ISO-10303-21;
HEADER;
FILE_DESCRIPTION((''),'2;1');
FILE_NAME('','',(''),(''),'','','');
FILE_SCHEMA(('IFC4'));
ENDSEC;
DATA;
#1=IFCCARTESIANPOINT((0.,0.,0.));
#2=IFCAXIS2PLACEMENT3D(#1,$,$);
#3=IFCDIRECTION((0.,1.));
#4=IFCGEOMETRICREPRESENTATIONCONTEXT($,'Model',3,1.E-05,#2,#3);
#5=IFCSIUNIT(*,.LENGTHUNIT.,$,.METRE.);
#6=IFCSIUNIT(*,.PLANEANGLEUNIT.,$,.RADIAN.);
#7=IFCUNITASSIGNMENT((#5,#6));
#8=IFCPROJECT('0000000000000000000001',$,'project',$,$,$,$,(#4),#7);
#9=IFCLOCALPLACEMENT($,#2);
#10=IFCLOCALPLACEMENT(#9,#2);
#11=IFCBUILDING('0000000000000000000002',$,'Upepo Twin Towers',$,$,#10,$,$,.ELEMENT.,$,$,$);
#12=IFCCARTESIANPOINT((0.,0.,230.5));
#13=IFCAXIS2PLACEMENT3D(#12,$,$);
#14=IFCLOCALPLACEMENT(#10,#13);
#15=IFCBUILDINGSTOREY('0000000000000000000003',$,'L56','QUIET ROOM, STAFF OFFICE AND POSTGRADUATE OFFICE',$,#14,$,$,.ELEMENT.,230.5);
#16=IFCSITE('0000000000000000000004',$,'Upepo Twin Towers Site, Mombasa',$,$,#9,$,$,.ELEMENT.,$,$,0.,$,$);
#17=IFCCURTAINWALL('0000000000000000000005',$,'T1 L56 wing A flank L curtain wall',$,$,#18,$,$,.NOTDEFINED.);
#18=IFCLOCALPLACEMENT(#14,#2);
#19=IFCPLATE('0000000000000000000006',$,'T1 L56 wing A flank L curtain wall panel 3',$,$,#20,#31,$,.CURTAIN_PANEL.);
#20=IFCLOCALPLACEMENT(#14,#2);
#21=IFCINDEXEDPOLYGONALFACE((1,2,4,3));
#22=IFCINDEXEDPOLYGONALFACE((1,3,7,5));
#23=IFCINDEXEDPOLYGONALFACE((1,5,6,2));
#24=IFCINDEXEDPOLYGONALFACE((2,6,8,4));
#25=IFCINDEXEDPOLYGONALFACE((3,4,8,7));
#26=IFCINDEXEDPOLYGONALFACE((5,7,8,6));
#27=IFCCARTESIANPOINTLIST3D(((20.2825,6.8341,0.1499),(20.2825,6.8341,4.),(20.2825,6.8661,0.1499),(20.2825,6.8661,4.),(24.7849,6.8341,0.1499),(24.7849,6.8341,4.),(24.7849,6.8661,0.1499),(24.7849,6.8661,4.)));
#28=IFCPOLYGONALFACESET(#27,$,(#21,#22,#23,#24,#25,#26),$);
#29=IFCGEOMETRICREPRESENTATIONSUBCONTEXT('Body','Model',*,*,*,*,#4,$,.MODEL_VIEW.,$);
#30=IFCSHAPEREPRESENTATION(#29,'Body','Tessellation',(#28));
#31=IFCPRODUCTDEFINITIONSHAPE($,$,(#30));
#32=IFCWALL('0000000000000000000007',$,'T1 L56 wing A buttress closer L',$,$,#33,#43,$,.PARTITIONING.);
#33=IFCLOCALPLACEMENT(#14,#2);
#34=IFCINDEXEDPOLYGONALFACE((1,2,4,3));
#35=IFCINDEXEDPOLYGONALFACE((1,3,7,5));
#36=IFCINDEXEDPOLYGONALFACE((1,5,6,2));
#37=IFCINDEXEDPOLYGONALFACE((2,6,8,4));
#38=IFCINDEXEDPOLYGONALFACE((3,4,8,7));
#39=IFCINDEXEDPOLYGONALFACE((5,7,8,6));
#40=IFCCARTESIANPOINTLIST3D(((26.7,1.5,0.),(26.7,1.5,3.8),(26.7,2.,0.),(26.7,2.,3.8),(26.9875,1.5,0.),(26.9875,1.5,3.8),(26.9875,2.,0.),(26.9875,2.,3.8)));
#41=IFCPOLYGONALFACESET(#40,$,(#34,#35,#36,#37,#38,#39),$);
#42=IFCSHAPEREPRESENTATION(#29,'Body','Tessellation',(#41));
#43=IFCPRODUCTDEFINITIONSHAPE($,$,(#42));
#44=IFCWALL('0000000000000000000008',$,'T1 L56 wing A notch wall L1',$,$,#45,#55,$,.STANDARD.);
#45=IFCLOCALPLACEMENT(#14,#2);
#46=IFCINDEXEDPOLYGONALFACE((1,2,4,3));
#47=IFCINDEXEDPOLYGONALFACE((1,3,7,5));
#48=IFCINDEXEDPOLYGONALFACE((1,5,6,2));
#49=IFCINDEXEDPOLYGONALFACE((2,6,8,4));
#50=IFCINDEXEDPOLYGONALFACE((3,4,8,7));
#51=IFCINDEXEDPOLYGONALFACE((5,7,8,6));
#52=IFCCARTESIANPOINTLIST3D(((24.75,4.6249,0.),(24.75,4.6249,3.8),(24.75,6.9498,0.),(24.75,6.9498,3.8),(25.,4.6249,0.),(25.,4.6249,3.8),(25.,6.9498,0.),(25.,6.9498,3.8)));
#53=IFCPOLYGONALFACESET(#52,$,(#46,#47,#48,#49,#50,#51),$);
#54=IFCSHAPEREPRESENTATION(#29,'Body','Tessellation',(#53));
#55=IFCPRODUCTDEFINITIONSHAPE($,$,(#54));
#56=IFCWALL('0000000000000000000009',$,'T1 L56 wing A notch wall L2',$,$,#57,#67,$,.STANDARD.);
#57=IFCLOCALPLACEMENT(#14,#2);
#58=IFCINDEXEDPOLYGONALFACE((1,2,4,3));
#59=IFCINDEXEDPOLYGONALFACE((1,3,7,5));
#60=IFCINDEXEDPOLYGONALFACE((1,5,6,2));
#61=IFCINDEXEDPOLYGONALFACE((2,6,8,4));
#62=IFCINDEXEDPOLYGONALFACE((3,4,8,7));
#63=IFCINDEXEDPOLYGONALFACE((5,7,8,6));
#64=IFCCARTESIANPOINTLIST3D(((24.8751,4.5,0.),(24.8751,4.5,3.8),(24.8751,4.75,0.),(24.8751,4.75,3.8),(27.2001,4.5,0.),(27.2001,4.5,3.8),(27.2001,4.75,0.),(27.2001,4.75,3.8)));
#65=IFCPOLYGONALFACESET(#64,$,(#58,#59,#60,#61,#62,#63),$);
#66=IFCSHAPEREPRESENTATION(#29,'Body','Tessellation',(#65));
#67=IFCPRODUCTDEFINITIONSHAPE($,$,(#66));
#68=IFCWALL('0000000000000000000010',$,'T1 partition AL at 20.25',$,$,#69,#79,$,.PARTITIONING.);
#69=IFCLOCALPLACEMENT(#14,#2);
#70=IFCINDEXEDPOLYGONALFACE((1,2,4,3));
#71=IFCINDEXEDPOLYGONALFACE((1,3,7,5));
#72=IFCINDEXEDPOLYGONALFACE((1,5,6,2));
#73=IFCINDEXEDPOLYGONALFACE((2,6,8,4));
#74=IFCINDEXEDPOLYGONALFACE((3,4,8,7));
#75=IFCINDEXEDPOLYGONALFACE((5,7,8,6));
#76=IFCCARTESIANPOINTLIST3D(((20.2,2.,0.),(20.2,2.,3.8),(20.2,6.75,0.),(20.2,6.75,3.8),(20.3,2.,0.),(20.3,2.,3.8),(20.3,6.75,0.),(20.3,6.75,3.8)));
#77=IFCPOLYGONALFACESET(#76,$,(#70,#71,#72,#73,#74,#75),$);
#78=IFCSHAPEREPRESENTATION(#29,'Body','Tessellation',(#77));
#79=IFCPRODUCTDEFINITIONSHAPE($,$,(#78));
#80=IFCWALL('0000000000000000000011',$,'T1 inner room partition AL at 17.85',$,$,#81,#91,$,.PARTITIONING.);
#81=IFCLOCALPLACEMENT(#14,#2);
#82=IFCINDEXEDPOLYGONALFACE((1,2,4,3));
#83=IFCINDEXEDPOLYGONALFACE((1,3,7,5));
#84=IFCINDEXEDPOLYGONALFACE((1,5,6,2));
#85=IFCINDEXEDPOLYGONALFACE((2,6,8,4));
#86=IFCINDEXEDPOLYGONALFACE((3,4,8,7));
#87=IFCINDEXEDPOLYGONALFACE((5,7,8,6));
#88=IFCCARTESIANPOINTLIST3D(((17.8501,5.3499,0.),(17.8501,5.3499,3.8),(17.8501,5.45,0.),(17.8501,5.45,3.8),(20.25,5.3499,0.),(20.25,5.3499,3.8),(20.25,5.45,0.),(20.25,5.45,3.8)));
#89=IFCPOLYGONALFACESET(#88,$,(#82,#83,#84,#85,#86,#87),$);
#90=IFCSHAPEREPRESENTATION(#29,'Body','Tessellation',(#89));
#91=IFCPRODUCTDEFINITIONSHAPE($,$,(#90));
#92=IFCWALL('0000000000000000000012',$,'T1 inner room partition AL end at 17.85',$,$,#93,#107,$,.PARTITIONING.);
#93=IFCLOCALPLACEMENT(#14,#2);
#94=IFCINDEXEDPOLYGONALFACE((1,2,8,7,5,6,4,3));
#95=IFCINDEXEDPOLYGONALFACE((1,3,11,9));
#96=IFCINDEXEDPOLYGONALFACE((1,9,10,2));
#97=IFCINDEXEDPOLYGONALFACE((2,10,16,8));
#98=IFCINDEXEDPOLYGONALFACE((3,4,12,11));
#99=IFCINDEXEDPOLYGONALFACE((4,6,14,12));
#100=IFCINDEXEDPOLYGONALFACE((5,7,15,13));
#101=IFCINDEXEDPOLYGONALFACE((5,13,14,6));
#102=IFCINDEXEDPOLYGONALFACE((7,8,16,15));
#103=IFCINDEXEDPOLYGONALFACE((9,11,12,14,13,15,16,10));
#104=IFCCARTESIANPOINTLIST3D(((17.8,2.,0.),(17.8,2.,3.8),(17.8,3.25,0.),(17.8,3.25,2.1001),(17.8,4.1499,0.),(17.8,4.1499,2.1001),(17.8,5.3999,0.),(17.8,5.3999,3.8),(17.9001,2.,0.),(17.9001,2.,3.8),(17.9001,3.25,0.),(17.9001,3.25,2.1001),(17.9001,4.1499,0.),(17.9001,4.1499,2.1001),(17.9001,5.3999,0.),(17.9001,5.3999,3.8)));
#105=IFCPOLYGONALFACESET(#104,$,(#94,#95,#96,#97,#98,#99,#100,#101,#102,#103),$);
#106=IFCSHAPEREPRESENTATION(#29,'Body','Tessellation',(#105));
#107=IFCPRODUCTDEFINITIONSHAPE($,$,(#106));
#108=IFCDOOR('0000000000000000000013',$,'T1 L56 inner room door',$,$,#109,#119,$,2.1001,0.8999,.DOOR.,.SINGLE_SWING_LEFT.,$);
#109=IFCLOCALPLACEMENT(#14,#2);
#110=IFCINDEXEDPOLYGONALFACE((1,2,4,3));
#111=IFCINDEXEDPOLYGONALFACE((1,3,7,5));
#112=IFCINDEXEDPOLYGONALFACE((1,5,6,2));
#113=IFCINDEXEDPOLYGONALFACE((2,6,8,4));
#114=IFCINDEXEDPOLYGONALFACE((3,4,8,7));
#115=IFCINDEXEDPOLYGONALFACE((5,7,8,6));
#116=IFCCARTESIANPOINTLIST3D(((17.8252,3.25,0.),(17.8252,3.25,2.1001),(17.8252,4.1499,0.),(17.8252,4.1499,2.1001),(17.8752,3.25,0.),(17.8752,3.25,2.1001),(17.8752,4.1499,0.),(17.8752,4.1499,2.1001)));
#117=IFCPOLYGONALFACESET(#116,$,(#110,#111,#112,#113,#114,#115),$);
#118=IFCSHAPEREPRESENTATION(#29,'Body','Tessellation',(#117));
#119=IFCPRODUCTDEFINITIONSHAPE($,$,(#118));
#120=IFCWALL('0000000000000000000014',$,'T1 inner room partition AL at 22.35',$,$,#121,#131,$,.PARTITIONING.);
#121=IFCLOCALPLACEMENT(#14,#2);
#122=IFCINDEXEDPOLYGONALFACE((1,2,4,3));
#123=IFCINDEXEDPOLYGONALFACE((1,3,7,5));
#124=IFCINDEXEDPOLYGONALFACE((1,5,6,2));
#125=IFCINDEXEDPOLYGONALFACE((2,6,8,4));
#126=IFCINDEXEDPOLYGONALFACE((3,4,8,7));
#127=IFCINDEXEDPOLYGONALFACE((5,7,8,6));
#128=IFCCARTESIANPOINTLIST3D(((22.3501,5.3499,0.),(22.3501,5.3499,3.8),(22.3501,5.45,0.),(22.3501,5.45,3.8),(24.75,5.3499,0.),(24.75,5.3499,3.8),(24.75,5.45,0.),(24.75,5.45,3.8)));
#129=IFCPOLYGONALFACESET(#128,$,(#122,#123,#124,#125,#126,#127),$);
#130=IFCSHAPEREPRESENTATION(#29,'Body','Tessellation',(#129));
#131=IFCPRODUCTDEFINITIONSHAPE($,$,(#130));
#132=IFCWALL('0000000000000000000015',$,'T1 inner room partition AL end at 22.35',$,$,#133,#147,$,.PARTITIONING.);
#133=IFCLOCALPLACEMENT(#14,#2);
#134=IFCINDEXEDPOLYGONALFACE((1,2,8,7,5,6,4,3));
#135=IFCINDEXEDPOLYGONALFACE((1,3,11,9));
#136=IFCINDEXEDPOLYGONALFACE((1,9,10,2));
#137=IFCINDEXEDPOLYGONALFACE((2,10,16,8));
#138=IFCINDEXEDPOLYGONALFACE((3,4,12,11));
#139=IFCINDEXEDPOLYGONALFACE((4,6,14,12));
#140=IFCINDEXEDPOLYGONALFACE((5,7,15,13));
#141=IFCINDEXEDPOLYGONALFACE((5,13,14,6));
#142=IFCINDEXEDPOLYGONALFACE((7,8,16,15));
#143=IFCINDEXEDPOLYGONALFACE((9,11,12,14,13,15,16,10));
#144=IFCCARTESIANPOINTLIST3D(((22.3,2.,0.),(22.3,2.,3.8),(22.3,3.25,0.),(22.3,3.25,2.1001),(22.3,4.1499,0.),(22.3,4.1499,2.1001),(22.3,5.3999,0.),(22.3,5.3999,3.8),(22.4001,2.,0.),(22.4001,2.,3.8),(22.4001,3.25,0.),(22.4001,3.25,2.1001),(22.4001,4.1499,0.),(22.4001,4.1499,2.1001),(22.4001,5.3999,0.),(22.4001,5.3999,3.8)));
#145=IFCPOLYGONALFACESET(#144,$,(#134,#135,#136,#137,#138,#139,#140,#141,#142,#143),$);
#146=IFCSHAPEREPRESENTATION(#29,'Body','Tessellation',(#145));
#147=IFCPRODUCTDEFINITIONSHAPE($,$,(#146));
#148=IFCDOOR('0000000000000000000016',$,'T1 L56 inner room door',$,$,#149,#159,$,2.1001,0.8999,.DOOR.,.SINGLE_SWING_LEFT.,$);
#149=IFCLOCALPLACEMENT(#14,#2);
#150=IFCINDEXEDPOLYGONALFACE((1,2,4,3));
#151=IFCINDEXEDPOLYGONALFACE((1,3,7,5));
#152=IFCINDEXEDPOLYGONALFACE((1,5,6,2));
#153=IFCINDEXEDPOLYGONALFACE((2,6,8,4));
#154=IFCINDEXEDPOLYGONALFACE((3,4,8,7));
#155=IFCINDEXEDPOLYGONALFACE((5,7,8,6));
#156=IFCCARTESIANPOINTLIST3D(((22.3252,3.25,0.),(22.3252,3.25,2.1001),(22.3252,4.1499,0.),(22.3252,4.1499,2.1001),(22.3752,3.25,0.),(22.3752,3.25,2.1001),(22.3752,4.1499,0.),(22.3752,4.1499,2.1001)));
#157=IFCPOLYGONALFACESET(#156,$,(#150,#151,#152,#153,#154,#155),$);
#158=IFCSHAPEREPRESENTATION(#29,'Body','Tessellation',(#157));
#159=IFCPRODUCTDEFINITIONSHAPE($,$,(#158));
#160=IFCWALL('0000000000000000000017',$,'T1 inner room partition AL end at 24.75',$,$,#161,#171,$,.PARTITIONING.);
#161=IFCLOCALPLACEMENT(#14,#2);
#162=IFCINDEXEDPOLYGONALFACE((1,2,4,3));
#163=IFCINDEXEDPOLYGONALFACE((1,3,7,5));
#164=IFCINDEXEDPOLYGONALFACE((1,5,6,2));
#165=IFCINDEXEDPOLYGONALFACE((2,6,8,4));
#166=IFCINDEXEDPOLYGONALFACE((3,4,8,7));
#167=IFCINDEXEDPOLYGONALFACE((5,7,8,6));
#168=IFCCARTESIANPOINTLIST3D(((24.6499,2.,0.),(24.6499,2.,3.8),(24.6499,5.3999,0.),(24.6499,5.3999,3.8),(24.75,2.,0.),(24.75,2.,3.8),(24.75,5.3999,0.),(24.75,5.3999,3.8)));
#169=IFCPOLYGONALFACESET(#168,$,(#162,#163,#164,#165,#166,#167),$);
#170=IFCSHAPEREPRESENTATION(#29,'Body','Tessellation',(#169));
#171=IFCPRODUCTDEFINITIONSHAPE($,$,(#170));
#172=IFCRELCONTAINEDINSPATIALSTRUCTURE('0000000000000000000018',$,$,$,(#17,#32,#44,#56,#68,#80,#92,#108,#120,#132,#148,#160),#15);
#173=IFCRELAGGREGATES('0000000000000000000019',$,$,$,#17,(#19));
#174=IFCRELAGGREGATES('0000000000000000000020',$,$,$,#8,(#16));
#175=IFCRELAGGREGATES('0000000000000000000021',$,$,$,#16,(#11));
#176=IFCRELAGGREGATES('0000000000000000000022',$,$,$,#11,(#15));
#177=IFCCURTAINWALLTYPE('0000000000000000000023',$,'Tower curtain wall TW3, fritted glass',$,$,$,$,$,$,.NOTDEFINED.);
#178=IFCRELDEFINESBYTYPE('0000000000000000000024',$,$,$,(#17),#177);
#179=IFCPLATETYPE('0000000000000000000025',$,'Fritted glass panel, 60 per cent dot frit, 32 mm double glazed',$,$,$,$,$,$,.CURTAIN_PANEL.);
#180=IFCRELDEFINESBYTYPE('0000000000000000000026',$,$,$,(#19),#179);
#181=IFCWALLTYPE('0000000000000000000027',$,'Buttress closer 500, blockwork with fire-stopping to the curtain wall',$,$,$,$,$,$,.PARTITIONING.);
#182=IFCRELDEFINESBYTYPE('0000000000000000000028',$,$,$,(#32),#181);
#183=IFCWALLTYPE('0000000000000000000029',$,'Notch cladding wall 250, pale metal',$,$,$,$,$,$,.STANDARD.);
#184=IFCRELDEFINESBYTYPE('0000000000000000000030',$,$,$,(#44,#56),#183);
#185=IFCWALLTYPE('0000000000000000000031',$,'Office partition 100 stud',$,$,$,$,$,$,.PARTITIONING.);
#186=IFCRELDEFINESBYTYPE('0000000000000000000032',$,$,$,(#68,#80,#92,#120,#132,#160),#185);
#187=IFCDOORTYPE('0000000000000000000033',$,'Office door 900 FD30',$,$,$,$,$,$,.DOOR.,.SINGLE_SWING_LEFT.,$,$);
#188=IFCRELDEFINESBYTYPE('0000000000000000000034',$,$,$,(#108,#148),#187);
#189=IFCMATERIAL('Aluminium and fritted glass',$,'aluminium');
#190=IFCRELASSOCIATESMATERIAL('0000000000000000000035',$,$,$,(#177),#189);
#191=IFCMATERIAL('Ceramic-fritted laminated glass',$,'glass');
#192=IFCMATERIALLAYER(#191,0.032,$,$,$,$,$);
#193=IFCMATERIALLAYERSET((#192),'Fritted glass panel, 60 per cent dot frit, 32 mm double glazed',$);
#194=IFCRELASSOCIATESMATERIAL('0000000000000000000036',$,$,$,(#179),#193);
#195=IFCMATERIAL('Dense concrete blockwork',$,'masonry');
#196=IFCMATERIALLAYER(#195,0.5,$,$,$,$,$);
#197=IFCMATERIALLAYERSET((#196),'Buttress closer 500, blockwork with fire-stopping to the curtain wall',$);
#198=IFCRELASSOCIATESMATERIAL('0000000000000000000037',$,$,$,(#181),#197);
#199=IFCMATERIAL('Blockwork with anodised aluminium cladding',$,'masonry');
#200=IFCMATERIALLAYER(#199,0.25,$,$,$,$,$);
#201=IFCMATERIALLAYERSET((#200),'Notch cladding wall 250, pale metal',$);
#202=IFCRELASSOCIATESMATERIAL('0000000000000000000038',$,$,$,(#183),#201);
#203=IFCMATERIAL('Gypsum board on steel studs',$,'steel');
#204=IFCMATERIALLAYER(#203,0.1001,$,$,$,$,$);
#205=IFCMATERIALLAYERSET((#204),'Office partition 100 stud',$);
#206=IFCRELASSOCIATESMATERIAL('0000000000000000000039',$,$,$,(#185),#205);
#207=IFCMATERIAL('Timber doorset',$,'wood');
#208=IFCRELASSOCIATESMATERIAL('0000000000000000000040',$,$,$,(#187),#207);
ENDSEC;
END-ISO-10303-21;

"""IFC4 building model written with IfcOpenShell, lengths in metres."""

from ifc_helpers import new_model, si_unit, direction, frame, frame_2d, origin, origin_2d, place, context, subcontext, project, spatial, rectangle, extrude, material, layer, layer_set, type_object, element, fill, aggregate, save


model = new_model("IFC4")

# Units and contexts
model_context = context("Model", 3, precision=1e-05, world=origin(), true_north=direction((0.0, 1.0)))
body_context = subcontext(model_context, "Body", "Model", "MODEL_VIEW")
ifc_project = project(units=[si_unit("LENGTHUNIT", "METRE"), si_unit("PLANEANGLEUNIT", "RADIAN")], contexts=[model_context])

# Site, building, storey
site_placement = place(None, origin())
site = spatial("IfcSite", under=ifc_project, at=site_placement, Name="Upepo Twin Towers Site, Mombasa", CompositionType="ELEMENT", RefElevation=0.0)
building_placement = place(site_placement, origin())
building = spatial("IfcBuilding", under=site, at=building_placement, Name="Upepo Twin Towers", CompositionType="ELEMENT")
storey_placement = place(building_placement, frame((0.0, 0.0, 230.5)))
storey = spatial("IfcBuildingStorey", under=building, at=storey_placement, Name="L56", Description="QUIET ROOM, STAFF OFFICE AND POSTGRADUATE OFFICE", CompositionType="ELEMENT", Elevation=230.5)

# Curtain wall
ifc_material_1 = material(Name="Aluminium and fritted glass", Category="aluminium")
curtain_wall_type = type_object("IfcCurtainWallType", Name="Tower curtain wall TW3, fritted glass", PredefinedType="NOTDEFINED", material=ifc_material_1)
curtain_wall_1_placement = place(storey_placement, origin())
curtain_wall_1 = element("IfcCurtainWall", 1, at=curtain_wall_1_placement, inside=storey, type_object=curtain_wall_type, Name="T1 L56 wing A flank L curtain wall", PredefinedType="NOTDEFINED")

# Plate
ifc_material_2 = material(Name="Ceramic-fritted laminated glass", Category="glass")
ifc_layer_1 = layer(ifc_material_2, 0.032)
ifc_layer_set_1 = layer_set([ifc_layer_1], Name="Fritted glass panel, 60 per cent dot frit, 32 mm double glazed")
plate_type = type_object("IfcPlateType", Name="Fritted glass panel, 60 per cent dot frit, 32 mm double glazed", PredefinedType="CURTAIN_PANEL", material=ifc_layer_set_1)
plate_1_placement = place(storey_placement, frame((22.5337, 6.8501, 0.1499), z_axis=(0.0, 0.0, 1.0), x_axis=(1.0, 0.0, 0.0)))
plate_1 = element("IfcPlate", 2, at=plate_1_placement, type_object=plate_type, Name="T1 L56 wing A flank L curtain wall panel 3", PredefinedType="CURTAIN_PANEL", context=body_context, shape_type="SweptSolid", body=[
    extrude(rectangle(XDim=4.5024, YDim=0.032, at=origin_2d()), origin(), (0.0, 0.0, 1.0), 3.8501),
])
aggregate(curtain_wall_1, [plate_1])

# Walls
ifc_material_3 = material(Name="Dense concrete blockwork", Category="masonry")
ifc_layer_2 = layer(ifc_material_3, 0.5)
ifc_layer_set_2 = layer_set([ifc_layer_2], Name="Buttress closer 500, blockwork with fire-stopping to the curtain wall")
wall_type_1 = type_object("IfcWallType", Name="Buttress closer 500, blockwork with fire-stopping to the curtain wall", PredefinedType="PARTITIONING", material=ifc_layer_set_2)
wall_1_placement = place(storey_placement, frame((26.7, 1.75, 0.0), z_axis=(0.0, 0.0, 1.0), x_axis=(1.0, 0.0, 0.0)))
element("IfcWall", 3, at=wall_1_placement, inside=storey, type_object=wall_type_1, Name="T1 L56 wing A buttress closer L", PredefinedType="PARTITIONING", context=body_context, shape_type="SweptSolid", body=[
    extrude(rectangle(XDim=0.2876, YDim=0.5, at=frame_2d((0.1438, 0.0))), origin(), (0.0, 0.0, 1.0), 3.8),
])
ifc_material_4 = material(Name="Blockwork with anodised aluminium cladding", Category="masonry")
ifc_layer_3 = layer(ifc_material_4, 0.25)
ifc_layer_set_3 = layer_set([ifc_layer_3], Name="Notch cladding wall 250, pale metal")
wall_type_2 = type_object("IfcWallType", Name="Notch cladding wall 250, pale metal", PredefinedType="STANDARD", material=ifc_layer_set_3)
for number, where, z_axis, x_axis, name in (
    (4, (24.875, 6.95, 0.0), (0.0, 0.0, 1.0), (0.0, -1.0, 0.0), "T1 L56 wing A notch wall L1"),
    (5, (24.875, 4.625, 0.0), (0.0, 0.0, 1.0), (1.0, 0.0, 0.0), "T1 L56 wing A notch wall L2"),
):
    element("IfcWall", number, at=place(storey_placement, frame(where, z_axis=z_axis, x_axis=x_axis)), inside=storey, type_object=wall_type_2, Name=name, PredefinedType="STANDARD", context=body_context, shape_type="SweptSolid", body=[
        extrude(rectangle(XDim=2.325, YDim=0.25, at=frame_2d((1.1626, 0.0))), origin(), (0.0, 0.0, 1.0), 3.8),
    ])
ifc_material_5 = material(Name="Gypsum board on steel studs", Category="steel")
ifc_layer_4 = layer(ifc_material_5, 0.1001)
ifc_layer_set_4 = layer_set([ifc_layer_4], Name="Office partition 100 stud")
wall_type_3 = type_object("IfcWallType", Name="Office partition 100 stud", PredefinedType="PARTITIONING", material=ifc_layer_set_4)
wall_2_placement = place(storey_placement, frame((20.25, 2.0, 0.0), z_axis=(0.0, 0.0, 1.0), x_axis=(0.0, 1.0, 0.0)))
element("IfcWall", 6, at=wall_2_placement, inside=storey, type_object=wall_type_3, Name="T1 partition AL at 20.25", PredefinedType="PARTITIONING", context=body_context, shape_type="SweptSolid", body=[
    extrude(rectangle(XDim=4.75, YDim=0.1001, at=frame_2d((2.375, 0.0))), origin(), (0.0, 0.0, 1.0), 3.8),
])
wall_3_placement = place(storey_placement, frame((17.8501, 5.3999, 0.0), z_axis=(0.0, 0.0, 1.0), x_axis=(1.0, 0.0, 0.0)))
element("IfcWall", 7, at=wall_3_placement, inside=storey, type_object=wall_type_3, Name="T1 inner room partition AL at 17.85", PredefinedType="PARTITIONING", context=body_context, shape_type="SweptSolid", body=[
    extrude(rectangle(XDim=2.3999, YDim=0.1001, at=frame_2d((1.2, 0.0))), origin(), (0.0, 0.0, 1.0), 3.8),
])

# Wall, opening, door
wall_4_placement = place(storey_placement, frame((17.8501, 2.0, 0.0), z_axis=(0.0, 0.0, 1.0), x_axis=(0.0, 1.0, 0.0)))
wall_4 = element("IfcWall", 8, at=wall_4_placement, inside=storey, type_object=wall_type_3, Name="T1 inner room partition AL end at 17.85", PredefinedType="PARTITIONING", context=body_context, shape_type="SweptSolid", body=[
    extrude(rectangle(XDim=3.3999, YDim=0.1001, at=frame_2d((1.7, 0.0))), origin(), (0.0, 0.0, 1.0), 3.8),
])
opening_1_placement = place(wall_4_placement, frame((1.25, 0.0, 0.0)))
opening_1 = element("IfcOpeningElement", 9, at=opening_1_placement, cuts=wall_4, PredefinedType="OPENING", context=body_context, shape_type="SweptSolid", body=[
    extrude(rectangle(XDim=0.8999, YDim=2.1001, at=frame_2d((0.45, 1.05))), frame((0.0, 0.0601, 0.0), z_axis=(0.0, -1.0, 0.0), x_axis=(1.0, 0.0, 0.0)), (0.0, 0.0, 1.0), 0.1201),
])
ifc_material_6 = material(Name="Timber doorset", Category="wood")
door_type_1 = type_object("IfcDoorType", Name="Office door 900 FD30", OperationType="SINGLE_SWING_LEFT", PredefinedType="DOOR", material=ifc_material_6)
door_1_placement = place(opening_1_placement, origin())
door_1 = element("IfcDoor", 10, at=door_1_placement, inside=storey, type_object=door_type_1, Name="T1 L56 inner room door", OperationType="SINGLE_SWING_LEFT", OverallHeight=2.1001, OverallWidth=0.8999, PredefinedType="DOOR", context=body_context, shape_type="SweptSolid", body=[
    extrude(rectangle(XDim=0.8999, YDim=2.1001, at=frame_2d((0.45, 1.05))), frame((0.0, 0.0249, 0.0), z_axis=(0.0, -1.0, 0.0), x_axis=(1.0, 0.0, 0.0)), (0.0, 0.0, 1.0), 0.05),
])
fill(opening_1, door_1)

# Wall
wall_5_placement = place(storey_placement, frame((22.3501, 5.3999, 0.0), z_axis=(0.0, 0.0, 1.0), x_axis=(1.0, 0.0, 0.0)))
element("IfcWall", 11, at=wall_5_placement, inside=storey, type_object=wall_type_3, Name="T1 inner room partition AL at 22.35", PredefinedType="PARTITIONING", context=body_context, shape_type="SweptSolid", body=[
    extrude(rectangle(XDim=2.3999, YDim=0.1001, at=frame_2d((1.2, 0.0))), origin(), (0.0, 0.0, 1.0), 3.8),
])

# Wall, opening, door
wall_6_placement = place(storey_placement, frame((22.3501, 2.0, 0.0), z_axis=(0.0, 0.0, 1.0), x_axis=(0.0, 1.0, 0.0)))
wall_6 = element("IfcWall", 12, at=wall_6_placement, inside=storey, type_object=wall_type_3, Name="T1 inner room partition AL end at 22.35", PredefinedType="PARTITIONING", context=body_context, shape_type="SweptSolid", body=[
    extrude(rectangle(XDim=3.3999, YDim=0.1001, at=frame_2d((1.7, 0.0))), origin(), (0.0, 0.0, 1.0), 3.8),
])
opening_2_placement = place(wall_6_placement, frame((1.25, 0.0, 0.0)))
opening_2 = element("IfcOpeningElement", 13, at=opening_2_placement, cuts=wall_6, PredefinedType="OPENING", context=body_context, shape_type="SweptSolid", body=[
    extrude(rectangle(XDim=0.8999, YDim=2.1001, at=frame_2d((0.45, 1.05))), frame((0.0, 0.0601, 0.0), z_axis=(0.0, -1.0, 0.0), x_axis=(1.0, 0.0, 0.0)), (0.0, 0.0, 1.0), 0.1201),
])
door_2_placement = place(opening_2_placement, origin())
door_2 = element("IfcDoor", 14, at=door_2_placement, inside=storey, type_object=door_type_1, Name="T1 L56 inner room door", OperationType="SINGLE_SWING_LEFT", OverallHeight=2.1001, OverallWidth=0.8999, PredefinedType="DOOR", context=body_context, shape_type="SweptSolid", body=[
    extrude(rectangle(XDim=0.8999, YDim=2.1001, at=frame_2d((0.45, 1.05))), frame((0.0, 0.0249, 0.0), z_axis=(0.0, -1.0, 0.0), x_axis=(1.0, 0.0, 0.0)), (0.0, 0.0, 1.0), 0.05),
])
fill(opening_2, door_2)

# Wall
wall_7_placement = place(storey_placement, frame((24.7, 2.0, 0.0), z_axis=(0.0, 0.0, 1.0), x_axis=(0.0, 1.0, 0.0)))
element("IfcWall", 15, at=wall_7_placement, inside=storey, type_object=wall_type_3, Name="T1 inner room partition AL end at 24.75", PredefinedType="PARTITIONING", context=body_context, shape_type="SweptSolid", body=[
    extrude(rectangle(XDim=3.3999, YDim=0.1001, at=frame_2d((1.7, 0.0))), origin(), (0.0, 0.0, 1.0), 3.8),
])

save(model, "model.ifc")
